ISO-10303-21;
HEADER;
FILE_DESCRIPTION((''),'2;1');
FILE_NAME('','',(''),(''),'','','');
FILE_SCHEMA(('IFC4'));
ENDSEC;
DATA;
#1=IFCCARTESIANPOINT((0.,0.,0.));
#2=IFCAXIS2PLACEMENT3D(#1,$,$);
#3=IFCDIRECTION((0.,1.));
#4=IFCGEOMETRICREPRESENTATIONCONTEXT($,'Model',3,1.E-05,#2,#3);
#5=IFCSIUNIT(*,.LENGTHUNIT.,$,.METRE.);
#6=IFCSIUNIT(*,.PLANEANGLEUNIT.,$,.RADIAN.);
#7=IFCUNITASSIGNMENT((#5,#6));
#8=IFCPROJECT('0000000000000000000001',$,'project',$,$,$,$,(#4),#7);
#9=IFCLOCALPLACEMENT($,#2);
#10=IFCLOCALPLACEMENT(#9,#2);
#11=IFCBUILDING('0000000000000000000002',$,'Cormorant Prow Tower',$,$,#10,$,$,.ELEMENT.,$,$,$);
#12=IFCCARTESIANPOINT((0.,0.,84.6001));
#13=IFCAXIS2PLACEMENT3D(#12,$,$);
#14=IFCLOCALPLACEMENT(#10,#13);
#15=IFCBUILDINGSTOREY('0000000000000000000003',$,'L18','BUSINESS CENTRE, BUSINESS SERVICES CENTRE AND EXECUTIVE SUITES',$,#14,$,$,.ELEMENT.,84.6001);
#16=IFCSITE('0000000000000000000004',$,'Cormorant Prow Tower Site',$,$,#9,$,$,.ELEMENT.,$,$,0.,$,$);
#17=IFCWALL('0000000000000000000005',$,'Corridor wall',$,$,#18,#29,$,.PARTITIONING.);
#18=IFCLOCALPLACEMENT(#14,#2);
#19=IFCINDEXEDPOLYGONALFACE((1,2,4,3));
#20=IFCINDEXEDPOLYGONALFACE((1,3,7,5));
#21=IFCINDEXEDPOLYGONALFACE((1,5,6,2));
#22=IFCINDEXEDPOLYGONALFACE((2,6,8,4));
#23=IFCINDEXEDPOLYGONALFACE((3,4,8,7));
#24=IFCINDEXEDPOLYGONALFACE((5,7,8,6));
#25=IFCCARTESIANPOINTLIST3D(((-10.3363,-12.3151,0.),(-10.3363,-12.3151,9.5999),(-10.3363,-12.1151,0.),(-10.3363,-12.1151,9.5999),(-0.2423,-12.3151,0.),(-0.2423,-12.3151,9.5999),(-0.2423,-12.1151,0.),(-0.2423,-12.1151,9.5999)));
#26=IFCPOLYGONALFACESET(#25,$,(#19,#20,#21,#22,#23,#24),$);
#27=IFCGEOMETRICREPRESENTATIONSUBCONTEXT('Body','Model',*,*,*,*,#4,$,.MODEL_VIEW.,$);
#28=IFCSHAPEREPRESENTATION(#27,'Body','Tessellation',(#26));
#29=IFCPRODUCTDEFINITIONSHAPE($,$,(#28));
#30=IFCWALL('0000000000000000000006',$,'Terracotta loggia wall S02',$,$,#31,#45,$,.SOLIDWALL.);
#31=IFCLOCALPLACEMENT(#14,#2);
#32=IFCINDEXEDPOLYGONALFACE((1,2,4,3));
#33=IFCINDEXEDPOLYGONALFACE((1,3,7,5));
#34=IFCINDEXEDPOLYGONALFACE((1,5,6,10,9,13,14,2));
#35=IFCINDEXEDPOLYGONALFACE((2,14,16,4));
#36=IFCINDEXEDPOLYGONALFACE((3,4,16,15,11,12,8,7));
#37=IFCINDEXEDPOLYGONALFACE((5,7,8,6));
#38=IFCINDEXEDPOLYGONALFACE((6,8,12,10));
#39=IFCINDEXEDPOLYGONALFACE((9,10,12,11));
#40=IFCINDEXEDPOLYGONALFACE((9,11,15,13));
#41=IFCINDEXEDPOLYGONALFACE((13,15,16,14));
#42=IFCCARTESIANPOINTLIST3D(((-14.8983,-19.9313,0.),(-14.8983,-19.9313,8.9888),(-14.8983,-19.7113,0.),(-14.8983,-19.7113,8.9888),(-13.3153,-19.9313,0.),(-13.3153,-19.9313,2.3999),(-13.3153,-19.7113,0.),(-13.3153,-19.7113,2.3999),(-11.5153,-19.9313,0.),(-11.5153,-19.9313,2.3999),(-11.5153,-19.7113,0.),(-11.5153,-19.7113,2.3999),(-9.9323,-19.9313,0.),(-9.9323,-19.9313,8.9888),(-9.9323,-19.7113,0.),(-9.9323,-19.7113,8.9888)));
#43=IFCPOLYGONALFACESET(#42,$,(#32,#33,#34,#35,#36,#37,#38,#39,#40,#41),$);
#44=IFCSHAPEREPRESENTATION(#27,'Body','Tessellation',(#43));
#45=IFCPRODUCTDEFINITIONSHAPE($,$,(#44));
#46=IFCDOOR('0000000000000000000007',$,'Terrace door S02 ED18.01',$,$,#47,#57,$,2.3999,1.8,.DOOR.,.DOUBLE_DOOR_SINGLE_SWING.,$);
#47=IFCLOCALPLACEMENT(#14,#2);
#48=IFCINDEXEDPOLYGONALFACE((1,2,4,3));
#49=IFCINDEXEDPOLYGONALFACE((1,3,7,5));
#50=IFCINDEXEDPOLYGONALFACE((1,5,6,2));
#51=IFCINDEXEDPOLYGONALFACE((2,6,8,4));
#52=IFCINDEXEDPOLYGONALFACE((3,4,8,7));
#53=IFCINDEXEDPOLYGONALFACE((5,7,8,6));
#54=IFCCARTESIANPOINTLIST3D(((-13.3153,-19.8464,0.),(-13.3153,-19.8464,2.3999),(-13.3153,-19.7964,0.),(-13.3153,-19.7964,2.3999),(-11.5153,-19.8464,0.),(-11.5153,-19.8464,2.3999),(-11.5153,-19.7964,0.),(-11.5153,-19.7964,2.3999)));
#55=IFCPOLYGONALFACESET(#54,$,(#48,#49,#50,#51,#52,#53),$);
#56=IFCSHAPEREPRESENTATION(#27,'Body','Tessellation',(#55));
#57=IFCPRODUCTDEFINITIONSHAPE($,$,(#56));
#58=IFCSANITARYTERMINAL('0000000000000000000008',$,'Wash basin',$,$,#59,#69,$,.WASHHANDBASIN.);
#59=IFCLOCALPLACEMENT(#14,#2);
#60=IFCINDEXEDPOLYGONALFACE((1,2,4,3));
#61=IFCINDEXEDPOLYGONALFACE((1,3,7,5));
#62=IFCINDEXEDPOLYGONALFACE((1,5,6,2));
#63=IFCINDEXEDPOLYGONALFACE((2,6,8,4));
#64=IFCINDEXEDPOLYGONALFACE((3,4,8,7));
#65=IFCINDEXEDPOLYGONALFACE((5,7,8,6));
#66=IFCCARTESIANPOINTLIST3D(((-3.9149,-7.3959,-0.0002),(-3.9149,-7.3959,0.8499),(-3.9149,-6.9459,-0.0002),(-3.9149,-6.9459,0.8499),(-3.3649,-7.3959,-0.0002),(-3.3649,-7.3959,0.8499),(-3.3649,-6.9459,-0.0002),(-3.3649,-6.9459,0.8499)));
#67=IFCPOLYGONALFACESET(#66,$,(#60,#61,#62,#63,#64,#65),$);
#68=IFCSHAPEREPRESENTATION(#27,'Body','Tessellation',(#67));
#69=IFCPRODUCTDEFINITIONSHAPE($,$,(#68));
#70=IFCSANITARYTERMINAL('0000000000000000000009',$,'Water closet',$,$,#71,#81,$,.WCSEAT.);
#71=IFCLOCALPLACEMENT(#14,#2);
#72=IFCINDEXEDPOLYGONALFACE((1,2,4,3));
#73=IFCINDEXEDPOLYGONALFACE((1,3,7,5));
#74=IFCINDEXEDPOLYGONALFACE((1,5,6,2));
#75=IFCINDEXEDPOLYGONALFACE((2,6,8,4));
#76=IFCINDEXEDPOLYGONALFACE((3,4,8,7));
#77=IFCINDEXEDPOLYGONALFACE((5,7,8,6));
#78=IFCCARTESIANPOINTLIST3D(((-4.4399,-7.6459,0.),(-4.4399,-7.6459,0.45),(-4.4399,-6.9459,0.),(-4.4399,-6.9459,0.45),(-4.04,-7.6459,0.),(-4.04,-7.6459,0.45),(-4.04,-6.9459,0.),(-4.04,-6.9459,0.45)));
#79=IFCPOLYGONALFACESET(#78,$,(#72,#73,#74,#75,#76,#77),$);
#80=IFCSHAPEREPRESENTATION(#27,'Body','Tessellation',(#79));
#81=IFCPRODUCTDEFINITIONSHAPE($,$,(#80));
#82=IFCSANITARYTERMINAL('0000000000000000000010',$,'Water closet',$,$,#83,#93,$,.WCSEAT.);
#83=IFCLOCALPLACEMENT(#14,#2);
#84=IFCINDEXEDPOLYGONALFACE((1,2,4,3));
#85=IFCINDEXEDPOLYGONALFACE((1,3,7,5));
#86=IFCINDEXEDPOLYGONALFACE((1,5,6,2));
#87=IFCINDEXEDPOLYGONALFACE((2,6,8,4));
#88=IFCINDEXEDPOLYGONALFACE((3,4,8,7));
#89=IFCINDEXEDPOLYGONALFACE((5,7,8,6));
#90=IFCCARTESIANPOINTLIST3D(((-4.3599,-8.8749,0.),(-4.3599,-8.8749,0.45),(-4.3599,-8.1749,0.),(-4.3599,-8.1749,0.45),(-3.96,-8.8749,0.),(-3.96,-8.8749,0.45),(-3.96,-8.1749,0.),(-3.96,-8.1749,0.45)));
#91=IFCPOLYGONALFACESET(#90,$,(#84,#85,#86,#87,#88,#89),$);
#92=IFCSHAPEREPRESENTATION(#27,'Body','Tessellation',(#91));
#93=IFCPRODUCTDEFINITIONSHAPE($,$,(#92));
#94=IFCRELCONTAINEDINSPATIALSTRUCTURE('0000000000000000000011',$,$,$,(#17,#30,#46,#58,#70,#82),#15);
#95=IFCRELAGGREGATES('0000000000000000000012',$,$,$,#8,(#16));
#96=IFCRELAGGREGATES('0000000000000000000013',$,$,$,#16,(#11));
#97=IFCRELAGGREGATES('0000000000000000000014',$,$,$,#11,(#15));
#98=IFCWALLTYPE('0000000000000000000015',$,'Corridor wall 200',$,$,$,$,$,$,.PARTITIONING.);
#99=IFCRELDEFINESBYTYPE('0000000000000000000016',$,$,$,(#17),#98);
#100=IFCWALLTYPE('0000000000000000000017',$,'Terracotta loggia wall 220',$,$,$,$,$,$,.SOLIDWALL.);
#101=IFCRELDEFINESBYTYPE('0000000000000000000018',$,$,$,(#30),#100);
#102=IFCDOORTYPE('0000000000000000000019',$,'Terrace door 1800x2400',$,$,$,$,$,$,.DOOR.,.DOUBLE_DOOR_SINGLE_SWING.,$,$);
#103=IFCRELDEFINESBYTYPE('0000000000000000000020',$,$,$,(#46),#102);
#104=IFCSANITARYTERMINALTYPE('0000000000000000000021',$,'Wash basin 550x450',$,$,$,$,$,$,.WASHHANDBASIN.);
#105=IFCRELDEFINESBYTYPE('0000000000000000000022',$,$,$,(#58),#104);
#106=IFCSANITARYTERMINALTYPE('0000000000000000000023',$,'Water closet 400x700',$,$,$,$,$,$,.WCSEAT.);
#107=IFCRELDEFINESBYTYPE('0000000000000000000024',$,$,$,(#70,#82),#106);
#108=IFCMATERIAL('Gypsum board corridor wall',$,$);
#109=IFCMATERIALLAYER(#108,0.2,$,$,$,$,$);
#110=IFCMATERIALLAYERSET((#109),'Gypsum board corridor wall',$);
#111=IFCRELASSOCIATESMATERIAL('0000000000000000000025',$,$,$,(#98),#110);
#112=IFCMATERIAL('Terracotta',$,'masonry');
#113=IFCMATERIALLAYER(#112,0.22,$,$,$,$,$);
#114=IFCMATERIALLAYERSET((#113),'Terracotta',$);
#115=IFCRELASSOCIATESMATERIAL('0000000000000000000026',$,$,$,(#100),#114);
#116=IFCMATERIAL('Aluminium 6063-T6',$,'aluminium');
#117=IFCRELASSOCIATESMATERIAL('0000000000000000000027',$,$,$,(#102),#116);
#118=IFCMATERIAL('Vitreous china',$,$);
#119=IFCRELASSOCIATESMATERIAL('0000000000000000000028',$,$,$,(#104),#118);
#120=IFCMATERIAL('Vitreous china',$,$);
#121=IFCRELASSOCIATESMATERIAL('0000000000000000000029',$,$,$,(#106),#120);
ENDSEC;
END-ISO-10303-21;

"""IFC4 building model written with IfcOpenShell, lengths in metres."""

from ifc_helpers import new_model, si_unit, direction, frame, frame_2d, origin, origin_2d, place, context, subcontext, project, spatial, rectangle, extrude, material, layer, layer_set, type_object, element, fill, save


model = new_model("IFC4")

# Units and contexts
model_context = context("Model", 3, precision=1e-05, world=origin(), true_north=direction((0.0, 1.0)))
body_context = subcontext(model_context, "Body", "Model", "MODEL_VIEW")
ifc_project = project(units=[si_unit("LENGTHUNIT", "METRE"), si_unit("PLANEANGLEUNIT", "RADIAN")], contexts=[model_context])

# Site, building, storey
site_placement = place(None, origin())
site = spatial("IfcSite", under=ifc_project, at=site_placement, Name="Cormorant Prow Tower Site", CompositionType="ELEMENT", RefElevation=0.0)
building_placement = place(site_placement, origin())
building = spatial("IfcBuilding", under=site, at=building_placement, Name="Cormorant Prow Tower", CompositionType="ELEMENT")
storey_placement = place(building_placement, frame((0.0, 0.0, 84.6001)))
storey = spatial("IfcBuildingStorey", under=building, at=storey_placement, Name="L18", Description="BUSINESS CENTRE, BUSINESS SERVICES CENTRE AND EXECUTIVE SUITES", CompositionType="ELEMENT", Elevation=84.6001)

# Wall
ifc_material_1 = material(Name="Gypsum board corridor wall")
ifc_layer_1 = layer(ifc_material_1, 0.2)
ifc_layer_set_1 = layer_set([ifc_layer_1], Name="Gypsum board corridor wall")
wall_type_1 = type_object("IfcWallType", Name="Corridor wall 200", PredefinedType="PARTITIONING", material=ifc_layer_set_1)
wall_1_placement = place(storey_placement, frame((-10.3362, -12.2151, 0.0), z_axis=(0.0, 0.0, 1.0), x_axis=(1.0, 0.0, 0.0)))
element("IfcWall", 1, at=wall_1_placement, inside=storey, type_object=wall_type_1, Name="Corridor wall", PredefinedType="PARTITIONING", context=body_context, shape_type="SweptSolid", body=[
    extrude(rectangle(XDim=10.094, YDim=0.2, at=frame_2d((5.0469, 0.0))), origin(), (0.0, 0.0, 1.0), 9.5999),
])

# Wall, opening, door
ifc_material_2 = material(Name="Terracotta", Category="masonry")
ifc_layer_2 = layer(ifc_material_2, 0.22)
ifc_layer_set_2 = layer_set([ifc_layer_2], Name="Terracotta")
wall_type_2 = type_object("IfcWallType", Name="Terracotta loggia wall 220", PredefinedType="SOLIDWALL", material=ifc_layer_set_2)
wall_2_placement = place(storey_placement, frame((-14.8982, -19.8213, 0.0), z_axis=(0.0, 0.0, 1.0), x_axis=(1.0, 0.0, 0.0)))
wall_2 = element("IfcWall", 2, at=wall_2_placement, inside=storey, type_object=wall_type_2, Name="Terracotta loggia wall S02", PredefinedType="SOLIDWALL", context=body_context, shape_type="SweptSolid", body=[
    extrude(rectangle(XDim=4.9661, YDim=0.22, at=frame_2d((2.4829, 0.0))), origin(), (0.0, 0.0, 1.0), 8.9888),
])
opening_1_placement = place(wall_2_placement, frame((1.583, 0.0, 0.0)))
opening_1 = element("IfcOpeningElement", 3, at=opening_1_placement, cuts=wall_2, PredefinedType="OPENING", context=body_context, shape_type="SweptSolid", body=[
    extrude(rectangle(XDim=1.8, YDim=2.3999, at=frame_2d((0.8999, 1.2))), frame((0.0, 0.1199, 0.0), z_axis=(0.0, -1.0, 0.0), x_axis=(1.0, 0.0, 0.0)), (0.0, 0.0, 1.0), 0.24),
])
ifc_material_3 = material(Name="Aluminium 6063-T6", Category="aluminium")
door_type_1 = type_object("IfcDoorType", Name="Terrace door 1800x2400", OperationType="DOUBLE_DOOR_SINGLE_SWING", PredefinedType="DOOR", material=ifc_material_3)
door_1_placement = place(opening_1_placement, origin())
door_1 = element("IfcDoor", 4, at=door_1_placement, inside=storey, type_object=door_type_1, Name="Terrace door S02 ED18.01", OperationType="DOUBLE_DOOR_SINGLE_SWING", OverallHeight=2.3999, OverallWidth=1.8, PredefinedType="DOOR", context=body_context, shape_type="SweptSolid", body=[
    extrude(rectangle(XDim=1.8, YDim=2.3999, at=frame_2d((0.8999, 1.2))), frame((0.0, 0.0249, 0.0), z_axis=(0.0, -1.0, 0.0), x_axis=(1.0, 0.0, 0.0)), (0.0, 0.0, 1.0), 0.05),
])
fill(opening_1, door_1)

# Sanitary terminals
ifc_material_4 = material(Name="Vitreous china")
sanitary_terminal_type_1 = type_object("IfcSanitaryTerminalType", Name="Wash basin 550x450", PredefinedType="WASHHANDBASIN", material=ifc_material_4)
sanitary_terminal_placement = place(storey_placement, frame((-3.6399, -7.1709, -0.0002), z_axis=(0.0, 0.0, 1.0), x_axis=(-1.0, 0.0, 0.0)))
element("IfcSanitaryTerminal", 5, at=sanitary_terminal_placement, inside=storey, type_object=sanitary_terminal_type_1, Name="Wash basin", PredefinedType="WASHHANDBASIN", context=body_context, shape_type="SweptSolid", body=[
    extrude(rectangle(XDim=0.55, YDim=0.45, at=origin_2d()), origin(), (0.0, 0.0, 1.0), 0.8501),
])
ifc_material_5 = material(Name="Vitreous china")
sanitary_terminal_type_2 = type_object("IfcSanitaryTerminalType", Name="Water closet 400x700", PredefinedType="WCSEAT", material=ifc_material_5)
for number, where, z_axis, x_axis, name in (
    (6, (-4.24, -7.2959, 0.0), (0.0, 0.0, 1.0), (-1.0, 0.0, 0.0), "Water closet"),
    (7, (-4.1599, -8.5249, 0.0), (0.0, 0.0, 1.0), (1.0, 0.0, 0.0), "Water closet"),
):
    element("IfcSanitaryTerminal", number, at=place(storey_placement, frame(where, z_axis=z_axis, x_axis=x_axis)), inside=storey, type_object=sanitary_terminal_type_2, Name=name, PredefinedType="WCSEAT", context=body_context, shape_type="SweptSolid", body=[
        extrude(rectangle(XDim=0.3999, YDim=0.7, at=origin_2d()), origin(), (0.0, 0.0, 1.0), 0.45),
    ])

save(model, "model.ifc")
